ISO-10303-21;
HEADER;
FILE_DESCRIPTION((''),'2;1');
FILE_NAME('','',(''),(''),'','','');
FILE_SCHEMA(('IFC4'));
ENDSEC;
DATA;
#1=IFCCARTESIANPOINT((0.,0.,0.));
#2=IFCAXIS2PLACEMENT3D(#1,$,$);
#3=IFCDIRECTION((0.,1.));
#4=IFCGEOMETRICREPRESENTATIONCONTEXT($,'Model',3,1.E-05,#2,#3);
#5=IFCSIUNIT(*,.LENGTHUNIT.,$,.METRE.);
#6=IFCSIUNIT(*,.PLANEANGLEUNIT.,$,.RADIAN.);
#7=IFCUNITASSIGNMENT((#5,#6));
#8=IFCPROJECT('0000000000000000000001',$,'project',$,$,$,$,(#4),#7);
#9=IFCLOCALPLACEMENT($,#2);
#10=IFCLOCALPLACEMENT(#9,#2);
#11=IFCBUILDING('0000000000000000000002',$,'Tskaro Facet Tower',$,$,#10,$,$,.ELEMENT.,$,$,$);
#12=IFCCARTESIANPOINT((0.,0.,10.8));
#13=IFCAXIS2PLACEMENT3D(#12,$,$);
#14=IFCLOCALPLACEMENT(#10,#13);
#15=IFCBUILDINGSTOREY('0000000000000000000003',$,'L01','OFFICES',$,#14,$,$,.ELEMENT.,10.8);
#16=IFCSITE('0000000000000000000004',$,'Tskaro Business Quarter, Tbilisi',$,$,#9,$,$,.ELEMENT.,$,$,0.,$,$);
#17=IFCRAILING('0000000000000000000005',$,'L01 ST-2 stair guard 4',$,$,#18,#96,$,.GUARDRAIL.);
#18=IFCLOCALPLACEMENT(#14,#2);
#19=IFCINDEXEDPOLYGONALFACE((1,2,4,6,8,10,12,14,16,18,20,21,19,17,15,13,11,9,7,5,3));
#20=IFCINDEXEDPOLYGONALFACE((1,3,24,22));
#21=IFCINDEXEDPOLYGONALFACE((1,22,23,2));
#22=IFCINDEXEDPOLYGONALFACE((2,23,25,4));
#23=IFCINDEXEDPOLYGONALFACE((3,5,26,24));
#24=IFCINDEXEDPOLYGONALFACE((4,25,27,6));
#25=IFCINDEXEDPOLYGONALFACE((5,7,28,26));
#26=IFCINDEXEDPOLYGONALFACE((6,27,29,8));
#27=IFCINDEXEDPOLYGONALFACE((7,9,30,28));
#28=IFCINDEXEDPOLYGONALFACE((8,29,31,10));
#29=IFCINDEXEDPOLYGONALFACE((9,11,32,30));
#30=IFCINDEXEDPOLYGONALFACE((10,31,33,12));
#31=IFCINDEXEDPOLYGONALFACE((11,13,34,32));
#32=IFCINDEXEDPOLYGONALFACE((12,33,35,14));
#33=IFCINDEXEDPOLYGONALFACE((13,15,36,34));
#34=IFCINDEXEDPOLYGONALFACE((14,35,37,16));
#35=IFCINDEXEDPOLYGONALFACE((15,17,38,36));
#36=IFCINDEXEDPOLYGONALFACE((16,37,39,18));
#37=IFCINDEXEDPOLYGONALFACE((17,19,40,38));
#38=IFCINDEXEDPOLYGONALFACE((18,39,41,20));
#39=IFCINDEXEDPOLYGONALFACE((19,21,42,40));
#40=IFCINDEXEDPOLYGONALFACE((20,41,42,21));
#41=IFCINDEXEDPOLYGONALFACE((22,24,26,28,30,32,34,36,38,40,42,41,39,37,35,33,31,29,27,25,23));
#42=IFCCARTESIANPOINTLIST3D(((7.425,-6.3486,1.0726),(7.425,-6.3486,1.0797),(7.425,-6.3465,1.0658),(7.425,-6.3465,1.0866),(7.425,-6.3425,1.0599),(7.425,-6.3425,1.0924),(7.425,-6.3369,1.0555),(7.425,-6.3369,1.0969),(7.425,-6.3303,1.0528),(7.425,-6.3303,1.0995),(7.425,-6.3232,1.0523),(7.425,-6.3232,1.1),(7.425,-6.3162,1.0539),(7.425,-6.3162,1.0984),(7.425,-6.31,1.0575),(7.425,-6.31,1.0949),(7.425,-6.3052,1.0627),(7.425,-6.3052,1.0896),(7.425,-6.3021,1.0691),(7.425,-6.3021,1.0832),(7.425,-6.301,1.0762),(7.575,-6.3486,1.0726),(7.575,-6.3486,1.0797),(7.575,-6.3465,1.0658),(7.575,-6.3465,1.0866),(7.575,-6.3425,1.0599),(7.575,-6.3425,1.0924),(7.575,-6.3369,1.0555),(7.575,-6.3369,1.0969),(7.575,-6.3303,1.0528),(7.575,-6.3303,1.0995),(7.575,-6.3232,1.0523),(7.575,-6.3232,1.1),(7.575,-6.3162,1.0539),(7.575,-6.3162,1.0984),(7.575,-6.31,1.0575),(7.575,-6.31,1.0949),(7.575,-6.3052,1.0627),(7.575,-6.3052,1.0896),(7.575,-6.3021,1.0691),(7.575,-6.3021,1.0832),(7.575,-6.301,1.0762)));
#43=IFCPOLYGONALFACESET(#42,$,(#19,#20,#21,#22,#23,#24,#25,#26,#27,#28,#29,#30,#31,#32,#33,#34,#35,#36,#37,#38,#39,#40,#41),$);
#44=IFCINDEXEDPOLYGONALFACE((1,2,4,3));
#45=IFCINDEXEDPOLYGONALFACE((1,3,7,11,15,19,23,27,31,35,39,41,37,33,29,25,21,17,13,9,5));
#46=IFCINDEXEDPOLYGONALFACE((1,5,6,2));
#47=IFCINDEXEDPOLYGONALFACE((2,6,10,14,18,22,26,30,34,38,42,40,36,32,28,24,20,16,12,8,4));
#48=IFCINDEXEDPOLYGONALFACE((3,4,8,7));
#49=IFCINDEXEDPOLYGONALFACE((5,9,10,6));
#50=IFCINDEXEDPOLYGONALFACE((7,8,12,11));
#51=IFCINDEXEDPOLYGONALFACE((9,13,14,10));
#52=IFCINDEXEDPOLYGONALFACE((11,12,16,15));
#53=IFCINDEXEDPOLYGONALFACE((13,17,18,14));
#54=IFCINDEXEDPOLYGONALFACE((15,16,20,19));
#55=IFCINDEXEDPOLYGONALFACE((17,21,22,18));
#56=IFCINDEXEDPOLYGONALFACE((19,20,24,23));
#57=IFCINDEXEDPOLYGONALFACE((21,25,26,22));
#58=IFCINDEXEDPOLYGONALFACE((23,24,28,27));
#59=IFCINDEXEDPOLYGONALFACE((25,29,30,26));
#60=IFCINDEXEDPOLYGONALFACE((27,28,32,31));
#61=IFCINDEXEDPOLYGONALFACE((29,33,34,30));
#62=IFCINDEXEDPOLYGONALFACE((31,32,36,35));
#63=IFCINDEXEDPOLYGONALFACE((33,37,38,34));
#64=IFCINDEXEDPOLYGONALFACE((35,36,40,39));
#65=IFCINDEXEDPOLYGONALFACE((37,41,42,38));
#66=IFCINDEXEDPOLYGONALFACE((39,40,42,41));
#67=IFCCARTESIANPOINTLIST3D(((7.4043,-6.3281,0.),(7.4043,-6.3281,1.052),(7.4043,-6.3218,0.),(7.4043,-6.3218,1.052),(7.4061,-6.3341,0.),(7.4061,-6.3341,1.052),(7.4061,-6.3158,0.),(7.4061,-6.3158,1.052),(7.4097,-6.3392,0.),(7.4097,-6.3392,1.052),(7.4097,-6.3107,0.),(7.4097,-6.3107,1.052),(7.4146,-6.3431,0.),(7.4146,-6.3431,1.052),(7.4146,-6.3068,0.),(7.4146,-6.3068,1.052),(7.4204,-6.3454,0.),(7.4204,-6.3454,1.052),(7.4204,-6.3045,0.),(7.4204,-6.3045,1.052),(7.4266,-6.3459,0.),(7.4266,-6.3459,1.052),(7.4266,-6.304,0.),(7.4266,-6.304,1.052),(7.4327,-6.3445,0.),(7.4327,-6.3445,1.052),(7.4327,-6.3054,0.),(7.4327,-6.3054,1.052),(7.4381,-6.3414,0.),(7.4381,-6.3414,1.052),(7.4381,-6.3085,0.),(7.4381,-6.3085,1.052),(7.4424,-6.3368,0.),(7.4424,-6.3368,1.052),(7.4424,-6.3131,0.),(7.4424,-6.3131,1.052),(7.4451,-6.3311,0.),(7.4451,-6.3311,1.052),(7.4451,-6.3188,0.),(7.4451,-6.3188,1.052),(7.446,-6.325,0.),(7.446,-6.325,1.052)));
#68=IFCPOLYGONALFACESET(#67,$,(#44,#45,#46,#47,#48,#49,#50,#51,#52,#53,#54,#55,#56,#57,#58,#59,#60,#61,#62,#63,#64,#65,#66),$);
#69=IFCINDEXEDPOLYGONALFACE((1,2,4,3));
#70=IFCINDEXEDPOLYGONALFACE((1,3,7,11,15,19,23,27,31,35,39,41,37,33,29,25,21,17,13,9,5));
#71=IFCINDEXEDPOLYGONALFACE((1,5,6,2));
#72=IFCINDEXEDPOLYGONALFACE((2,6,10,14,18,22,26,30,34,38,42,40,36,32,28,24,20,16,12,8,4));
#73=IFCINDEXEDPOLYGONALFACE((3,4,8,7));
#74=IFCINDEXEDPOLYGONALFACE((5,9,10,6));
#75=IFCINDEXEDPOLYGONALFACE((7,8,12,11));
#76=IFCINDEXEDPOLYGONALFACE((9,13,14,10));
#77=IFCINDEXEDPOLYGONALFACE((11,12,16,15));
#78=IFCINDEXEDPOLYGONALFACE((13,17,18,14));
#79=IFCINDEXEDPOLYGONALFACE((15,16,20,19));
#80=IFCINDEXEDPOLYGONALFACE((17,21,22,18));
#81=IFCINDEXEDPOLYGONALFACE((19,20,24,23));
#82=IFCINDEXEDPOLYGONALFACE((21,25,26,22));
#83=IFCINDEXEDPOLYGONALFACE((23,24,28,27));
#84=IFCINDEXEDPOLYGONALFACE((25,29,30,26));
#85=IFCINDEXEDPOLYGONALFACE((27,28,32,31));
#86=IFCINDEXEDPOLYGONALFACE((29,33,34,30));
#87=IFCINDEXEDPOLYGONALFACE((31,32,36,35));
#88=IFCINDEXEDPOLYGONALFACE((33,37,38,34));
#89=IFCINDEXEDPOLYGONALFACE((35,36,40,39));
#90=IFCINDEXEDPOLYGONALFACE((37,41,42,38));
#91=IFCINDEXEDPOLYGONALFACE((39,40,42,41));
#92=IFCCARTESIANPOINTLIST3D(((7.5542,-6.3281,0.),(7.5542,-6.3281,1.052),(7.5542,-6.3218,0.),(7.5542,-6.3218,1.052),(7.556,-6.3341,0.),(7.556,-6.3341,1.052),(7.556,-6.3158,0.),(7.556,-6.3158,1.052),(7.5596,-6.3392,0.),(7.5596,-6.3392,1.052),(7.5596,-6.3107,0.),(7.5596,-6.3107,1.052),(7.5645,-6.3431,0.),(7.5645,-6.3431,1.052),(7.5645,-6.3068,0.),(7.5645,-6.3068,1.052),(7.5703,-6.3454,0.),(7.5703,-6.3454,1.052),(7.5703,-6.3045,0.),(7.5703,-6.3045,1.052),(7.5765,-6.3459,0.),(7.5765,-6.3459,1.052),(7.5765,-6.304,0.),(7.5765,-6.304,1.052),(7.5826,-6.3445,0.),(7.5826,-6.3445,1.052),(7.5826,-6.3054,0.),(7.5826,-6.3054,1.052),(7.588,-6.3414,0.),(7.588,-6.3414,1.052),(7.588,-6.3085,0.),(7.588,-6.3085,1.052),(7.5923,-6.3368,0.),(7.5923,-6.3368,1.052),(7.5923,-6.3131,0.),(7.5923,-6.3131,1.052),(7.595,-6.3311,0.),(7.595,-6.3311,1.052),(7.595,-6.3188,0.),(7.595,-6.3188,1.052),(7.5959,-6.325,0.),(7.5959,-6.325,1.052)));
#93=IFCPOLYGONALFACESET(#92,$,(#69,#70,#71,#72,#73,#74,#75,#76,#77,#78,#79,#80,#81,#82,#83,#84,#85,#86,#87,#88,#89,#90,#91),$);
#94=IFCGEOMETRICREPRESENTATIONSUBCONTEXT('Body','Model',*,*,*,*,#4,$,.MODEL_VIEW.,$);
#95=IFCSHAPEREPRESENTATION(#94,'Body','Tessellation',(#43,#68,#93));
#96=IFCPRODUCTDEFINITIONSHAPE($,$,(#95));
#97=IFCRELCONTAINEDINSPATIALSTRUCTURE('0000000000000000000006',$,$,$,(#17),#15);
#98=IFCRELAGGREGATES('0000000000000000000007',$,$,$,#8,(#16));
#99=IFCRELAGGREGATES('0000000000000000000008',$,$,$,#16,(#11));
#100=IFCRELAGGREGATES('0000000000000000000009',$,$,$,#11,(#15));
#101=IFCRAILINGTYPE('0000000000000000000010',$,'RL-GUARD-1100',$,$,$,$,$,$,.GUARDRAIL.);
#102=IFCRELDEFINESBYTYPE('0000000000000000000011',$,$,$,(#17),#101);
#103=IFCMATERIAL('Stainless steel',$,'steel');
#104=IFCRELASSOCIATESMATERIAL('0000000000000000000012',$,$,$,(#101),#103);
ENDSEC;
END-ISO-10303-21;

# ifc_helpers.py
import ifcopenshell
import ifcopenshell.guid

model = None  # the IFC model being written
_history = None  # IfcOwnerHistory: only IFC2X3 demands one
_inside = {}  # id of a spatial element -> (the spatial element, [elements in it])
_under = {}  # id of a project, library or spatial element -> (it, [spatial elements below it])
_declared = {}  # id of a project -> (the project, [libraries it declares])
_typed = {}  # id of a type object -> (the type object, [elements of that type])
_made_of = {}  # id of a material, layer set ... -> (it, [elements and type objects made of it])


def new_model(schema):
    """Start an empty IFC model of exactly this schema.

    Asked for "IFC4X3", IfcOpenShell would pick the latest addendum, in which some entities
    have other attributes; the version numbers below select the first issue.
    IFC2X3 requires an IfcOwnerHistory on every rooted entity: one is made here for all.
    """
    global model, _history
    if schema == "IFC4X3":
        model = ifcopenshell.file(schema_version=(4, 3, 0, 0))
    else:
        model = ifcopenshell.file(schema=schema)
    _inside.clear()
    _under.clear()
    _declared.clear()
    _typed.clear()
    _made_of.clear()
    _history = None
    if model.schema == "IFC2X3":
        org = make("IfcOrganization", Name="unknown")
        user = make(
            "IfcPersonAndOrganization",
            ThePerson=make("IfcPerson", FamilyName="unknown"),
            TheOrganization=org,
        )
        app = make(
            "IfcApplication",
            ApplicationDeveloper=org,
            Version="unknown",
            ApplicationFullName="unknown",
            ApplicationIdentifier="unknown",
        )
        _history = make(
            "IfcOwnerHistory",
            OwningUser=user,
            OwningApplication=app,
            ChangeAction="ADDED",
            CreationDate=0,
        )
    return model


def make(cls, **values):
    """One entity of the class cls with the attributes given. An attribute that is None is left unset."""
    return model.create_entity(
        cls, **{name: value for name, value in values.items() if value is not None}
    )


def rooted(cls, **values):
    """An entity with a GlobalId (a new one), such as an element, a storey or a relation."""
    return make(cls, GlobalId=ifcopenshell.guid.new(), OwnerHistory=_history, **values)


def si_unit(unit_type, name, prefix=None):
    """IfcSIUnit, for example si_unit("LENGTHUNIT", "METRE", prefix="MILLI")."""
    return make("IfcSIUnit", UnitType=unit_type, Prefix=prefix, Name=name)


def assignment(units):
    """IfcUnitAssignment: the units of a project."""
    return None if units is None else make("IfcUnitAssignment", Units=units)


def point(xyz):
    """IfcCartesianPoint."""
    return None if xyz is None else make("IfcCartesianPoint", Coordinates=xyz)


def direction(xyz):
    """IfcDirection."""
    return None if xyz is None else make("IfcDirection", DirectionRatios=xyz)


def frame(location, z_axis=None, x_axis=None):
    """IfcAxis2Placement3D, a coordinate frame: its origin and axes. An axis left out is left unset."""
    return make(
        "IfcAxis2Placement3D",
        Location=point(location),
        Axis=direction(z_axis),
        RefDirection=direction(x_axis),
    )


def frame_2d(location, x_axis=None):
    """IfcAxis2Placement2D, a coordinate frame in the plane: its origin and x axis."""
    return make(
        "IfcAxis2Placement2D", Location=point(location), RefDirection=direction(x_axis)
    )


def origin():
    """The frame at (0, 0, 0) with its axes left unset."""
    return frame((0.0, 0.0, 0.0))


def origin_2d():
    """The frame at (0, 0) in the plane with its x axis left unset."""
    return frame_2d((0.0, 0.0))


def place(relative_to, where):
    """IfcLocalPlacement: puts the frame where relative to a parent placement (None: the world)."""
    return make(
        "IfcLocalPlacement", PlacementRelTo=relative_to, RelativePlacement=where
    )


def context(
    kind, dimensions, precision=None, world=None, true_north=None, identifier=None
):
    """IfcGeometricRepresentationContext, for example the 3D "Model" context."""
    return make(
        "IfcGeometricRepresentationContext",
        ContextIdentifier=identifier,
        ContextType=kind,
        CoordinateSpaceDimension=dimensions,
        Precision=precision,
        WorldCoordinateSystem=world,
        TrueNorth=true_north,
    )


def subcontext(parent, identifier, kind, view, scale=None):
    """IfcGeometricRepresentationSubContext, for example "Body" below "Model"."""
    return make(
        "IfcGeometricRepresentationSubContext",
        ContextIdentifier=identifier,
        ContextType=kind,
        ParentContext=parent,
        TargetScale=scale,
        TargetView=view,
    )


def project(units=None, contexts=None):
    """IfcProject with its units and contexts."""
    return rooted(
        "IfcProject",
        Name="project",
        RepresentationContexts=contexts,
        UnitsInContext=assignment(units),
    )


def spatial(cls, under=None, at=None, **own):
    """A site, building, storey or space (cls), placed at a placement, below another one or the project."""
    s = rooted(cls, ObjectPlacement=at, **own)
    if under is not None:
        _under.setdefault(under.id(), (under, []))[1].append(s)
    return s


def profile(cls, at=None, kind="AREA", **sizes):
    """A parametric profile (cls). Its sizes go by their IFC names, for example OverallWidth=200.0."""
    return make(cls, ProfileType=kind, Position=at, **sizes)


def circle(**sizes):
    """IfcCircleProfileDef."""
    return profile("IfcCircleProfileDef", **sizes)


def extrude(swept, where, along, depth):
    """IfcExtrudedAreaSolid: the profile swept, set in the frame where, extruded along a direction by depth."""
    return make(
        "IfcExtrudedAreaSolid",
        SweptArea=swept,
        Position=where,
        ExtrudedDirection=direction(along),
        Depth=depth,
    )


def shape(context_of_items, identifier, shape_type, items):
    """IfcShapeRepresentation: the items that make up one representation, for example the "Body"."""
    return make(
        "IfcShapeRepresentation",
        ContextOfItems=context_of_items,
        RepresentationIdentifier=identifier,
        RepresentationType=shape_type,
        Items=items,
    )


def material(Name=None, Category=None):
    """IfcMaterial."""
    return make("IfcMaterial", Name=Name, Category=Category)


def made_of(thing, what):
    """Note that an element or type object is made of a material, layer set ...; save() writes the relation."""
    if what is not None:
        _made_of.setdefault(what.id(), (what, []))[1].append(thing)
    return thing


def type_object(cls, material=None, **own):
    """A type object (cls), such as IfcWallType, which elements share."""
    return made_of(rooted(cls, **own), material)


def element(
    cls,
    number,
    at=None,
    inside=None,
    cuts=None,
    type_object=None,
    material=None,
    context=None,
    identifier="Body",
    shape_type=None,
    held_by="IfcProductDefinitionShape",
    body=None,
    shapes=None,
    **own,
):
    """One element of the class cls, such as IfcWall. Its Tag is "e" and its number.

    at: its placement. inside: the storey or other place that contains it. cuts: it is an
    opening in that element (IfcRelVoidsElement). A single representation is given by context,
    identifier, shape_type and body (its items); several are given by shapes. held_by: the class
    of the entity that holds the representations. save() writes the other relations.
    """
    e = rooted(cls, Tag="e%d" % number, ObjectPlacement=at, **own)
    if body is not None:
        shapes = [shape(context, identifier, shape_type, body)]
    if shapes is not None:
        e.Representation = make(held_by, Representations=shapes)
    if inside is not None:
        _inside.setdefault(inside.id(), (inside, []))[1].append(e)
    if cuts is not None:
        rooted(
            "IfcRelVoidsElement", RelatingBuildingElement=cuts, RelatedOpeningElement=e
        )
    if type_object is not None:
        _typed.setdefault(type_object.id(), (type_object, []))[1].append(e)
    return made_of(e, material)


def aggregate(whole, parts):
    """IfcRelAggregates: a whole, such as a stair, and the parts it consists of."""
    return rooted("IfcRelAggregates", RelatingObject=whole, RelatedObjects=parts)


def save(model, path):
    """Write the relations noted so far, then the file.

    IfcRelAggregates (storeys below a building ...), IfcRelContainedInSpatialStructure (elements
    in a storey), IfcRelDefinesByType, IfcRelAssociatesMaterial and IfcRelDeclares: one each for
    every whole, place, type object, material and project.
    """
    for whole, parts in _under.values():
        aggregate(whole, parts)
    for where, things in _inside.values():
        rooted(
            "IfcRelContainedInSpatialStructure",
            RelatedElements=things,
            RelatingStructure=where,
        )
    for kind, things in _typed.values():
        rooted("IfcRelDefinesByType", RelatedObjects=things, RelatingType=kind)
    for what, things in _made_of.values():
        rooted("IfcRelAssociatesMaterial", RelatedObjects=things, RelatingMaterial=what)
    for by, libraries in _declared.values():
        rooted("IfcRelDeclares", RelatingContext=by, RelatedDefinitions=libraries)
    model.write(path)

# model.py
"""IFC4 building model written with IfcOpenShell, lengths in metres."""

from ifc_helpers import new_model, si_unit, direction, frame, origin, origin_2d, place, context, subcontext, project, spatial, circle, extrude, material, type_object, element, save


model = new_model("IFC4")

# Units and contexts
model_context = context("Model", 3, precision=1e-05, world=origin(), true_north=direction((0.0, 1.0)))
body_context = subcontext(model_context, "Body", "Model", "MODEL_VIEW")
ifc_project = project(units=[si_unit("LENGTHUNIT", "METRE"), si_unit("PLANEANGLEUNIT", "RADIAN")], contexts=[model_context])

# Site, building, storey
site_placement = place(None, origin())
site = spatial("IfcSite", under=ifc_project, at=site_placement, Name="Tskaro Business Quarter, Tbilisi", CompositionType="ELEMENT", RefElevation=0.0)
building_placement = place(site_placement, origin())
building = spatial("IfcBuilding", under=site, at=building_placement, Name="Tskaro Facet Tower", CompositionType="ELEMENT")
storey_placement = place(building_placement, frame((0.0, 0.0, 10.8)))
storey = spatial("IfcBuildingStorey", under=building, at=storey_placement, Name="L01", Description="OFFICES", CompositionType="ELEMENT", Elevation=10.8)

# Shared definitions
ifc_material_1 = material(Name="Stainless steel", Category="steel")

# Railing
railing_type_1 = type_object("IfcRailingType", Name="RL-GUARD-1100", PredefinedType="GUARDRAIL", material=ifc_material_1)
railing_1_placement = place(storey_placement, frame((7.425, -6.325, 0.0)))
element("IfcRailing", 1, at=railing_1_placement, inside=storey, type_object=railing_type_1, Name="L01 ST-2 stair guard 4", PredefinedType="GUARDRAIL", context=body_context, shape_type="SweptSolid", body=[
    extrude(circle(Radius=0.0239, at=origin_2d()), frame((0.0, 0.0, 1.0762), z_axis=(1.0, 0.0, 0.0), x_axis=(0.0, 1.0, 0.0)), (0.0, 0.0, 1.0), 0.1499),
    extrude(circle(Radius=0.021, at=origin_2d()), origin(), (0.0, 0.0, 1.0), 1.052),
    extrude(circle(Radius=0.021, at=origin_2d()), frame((0.1499, 0.0, 0.0)), (0.0, 0.0, 1.0), 1.052),
])

save(model, "model.ifc")
